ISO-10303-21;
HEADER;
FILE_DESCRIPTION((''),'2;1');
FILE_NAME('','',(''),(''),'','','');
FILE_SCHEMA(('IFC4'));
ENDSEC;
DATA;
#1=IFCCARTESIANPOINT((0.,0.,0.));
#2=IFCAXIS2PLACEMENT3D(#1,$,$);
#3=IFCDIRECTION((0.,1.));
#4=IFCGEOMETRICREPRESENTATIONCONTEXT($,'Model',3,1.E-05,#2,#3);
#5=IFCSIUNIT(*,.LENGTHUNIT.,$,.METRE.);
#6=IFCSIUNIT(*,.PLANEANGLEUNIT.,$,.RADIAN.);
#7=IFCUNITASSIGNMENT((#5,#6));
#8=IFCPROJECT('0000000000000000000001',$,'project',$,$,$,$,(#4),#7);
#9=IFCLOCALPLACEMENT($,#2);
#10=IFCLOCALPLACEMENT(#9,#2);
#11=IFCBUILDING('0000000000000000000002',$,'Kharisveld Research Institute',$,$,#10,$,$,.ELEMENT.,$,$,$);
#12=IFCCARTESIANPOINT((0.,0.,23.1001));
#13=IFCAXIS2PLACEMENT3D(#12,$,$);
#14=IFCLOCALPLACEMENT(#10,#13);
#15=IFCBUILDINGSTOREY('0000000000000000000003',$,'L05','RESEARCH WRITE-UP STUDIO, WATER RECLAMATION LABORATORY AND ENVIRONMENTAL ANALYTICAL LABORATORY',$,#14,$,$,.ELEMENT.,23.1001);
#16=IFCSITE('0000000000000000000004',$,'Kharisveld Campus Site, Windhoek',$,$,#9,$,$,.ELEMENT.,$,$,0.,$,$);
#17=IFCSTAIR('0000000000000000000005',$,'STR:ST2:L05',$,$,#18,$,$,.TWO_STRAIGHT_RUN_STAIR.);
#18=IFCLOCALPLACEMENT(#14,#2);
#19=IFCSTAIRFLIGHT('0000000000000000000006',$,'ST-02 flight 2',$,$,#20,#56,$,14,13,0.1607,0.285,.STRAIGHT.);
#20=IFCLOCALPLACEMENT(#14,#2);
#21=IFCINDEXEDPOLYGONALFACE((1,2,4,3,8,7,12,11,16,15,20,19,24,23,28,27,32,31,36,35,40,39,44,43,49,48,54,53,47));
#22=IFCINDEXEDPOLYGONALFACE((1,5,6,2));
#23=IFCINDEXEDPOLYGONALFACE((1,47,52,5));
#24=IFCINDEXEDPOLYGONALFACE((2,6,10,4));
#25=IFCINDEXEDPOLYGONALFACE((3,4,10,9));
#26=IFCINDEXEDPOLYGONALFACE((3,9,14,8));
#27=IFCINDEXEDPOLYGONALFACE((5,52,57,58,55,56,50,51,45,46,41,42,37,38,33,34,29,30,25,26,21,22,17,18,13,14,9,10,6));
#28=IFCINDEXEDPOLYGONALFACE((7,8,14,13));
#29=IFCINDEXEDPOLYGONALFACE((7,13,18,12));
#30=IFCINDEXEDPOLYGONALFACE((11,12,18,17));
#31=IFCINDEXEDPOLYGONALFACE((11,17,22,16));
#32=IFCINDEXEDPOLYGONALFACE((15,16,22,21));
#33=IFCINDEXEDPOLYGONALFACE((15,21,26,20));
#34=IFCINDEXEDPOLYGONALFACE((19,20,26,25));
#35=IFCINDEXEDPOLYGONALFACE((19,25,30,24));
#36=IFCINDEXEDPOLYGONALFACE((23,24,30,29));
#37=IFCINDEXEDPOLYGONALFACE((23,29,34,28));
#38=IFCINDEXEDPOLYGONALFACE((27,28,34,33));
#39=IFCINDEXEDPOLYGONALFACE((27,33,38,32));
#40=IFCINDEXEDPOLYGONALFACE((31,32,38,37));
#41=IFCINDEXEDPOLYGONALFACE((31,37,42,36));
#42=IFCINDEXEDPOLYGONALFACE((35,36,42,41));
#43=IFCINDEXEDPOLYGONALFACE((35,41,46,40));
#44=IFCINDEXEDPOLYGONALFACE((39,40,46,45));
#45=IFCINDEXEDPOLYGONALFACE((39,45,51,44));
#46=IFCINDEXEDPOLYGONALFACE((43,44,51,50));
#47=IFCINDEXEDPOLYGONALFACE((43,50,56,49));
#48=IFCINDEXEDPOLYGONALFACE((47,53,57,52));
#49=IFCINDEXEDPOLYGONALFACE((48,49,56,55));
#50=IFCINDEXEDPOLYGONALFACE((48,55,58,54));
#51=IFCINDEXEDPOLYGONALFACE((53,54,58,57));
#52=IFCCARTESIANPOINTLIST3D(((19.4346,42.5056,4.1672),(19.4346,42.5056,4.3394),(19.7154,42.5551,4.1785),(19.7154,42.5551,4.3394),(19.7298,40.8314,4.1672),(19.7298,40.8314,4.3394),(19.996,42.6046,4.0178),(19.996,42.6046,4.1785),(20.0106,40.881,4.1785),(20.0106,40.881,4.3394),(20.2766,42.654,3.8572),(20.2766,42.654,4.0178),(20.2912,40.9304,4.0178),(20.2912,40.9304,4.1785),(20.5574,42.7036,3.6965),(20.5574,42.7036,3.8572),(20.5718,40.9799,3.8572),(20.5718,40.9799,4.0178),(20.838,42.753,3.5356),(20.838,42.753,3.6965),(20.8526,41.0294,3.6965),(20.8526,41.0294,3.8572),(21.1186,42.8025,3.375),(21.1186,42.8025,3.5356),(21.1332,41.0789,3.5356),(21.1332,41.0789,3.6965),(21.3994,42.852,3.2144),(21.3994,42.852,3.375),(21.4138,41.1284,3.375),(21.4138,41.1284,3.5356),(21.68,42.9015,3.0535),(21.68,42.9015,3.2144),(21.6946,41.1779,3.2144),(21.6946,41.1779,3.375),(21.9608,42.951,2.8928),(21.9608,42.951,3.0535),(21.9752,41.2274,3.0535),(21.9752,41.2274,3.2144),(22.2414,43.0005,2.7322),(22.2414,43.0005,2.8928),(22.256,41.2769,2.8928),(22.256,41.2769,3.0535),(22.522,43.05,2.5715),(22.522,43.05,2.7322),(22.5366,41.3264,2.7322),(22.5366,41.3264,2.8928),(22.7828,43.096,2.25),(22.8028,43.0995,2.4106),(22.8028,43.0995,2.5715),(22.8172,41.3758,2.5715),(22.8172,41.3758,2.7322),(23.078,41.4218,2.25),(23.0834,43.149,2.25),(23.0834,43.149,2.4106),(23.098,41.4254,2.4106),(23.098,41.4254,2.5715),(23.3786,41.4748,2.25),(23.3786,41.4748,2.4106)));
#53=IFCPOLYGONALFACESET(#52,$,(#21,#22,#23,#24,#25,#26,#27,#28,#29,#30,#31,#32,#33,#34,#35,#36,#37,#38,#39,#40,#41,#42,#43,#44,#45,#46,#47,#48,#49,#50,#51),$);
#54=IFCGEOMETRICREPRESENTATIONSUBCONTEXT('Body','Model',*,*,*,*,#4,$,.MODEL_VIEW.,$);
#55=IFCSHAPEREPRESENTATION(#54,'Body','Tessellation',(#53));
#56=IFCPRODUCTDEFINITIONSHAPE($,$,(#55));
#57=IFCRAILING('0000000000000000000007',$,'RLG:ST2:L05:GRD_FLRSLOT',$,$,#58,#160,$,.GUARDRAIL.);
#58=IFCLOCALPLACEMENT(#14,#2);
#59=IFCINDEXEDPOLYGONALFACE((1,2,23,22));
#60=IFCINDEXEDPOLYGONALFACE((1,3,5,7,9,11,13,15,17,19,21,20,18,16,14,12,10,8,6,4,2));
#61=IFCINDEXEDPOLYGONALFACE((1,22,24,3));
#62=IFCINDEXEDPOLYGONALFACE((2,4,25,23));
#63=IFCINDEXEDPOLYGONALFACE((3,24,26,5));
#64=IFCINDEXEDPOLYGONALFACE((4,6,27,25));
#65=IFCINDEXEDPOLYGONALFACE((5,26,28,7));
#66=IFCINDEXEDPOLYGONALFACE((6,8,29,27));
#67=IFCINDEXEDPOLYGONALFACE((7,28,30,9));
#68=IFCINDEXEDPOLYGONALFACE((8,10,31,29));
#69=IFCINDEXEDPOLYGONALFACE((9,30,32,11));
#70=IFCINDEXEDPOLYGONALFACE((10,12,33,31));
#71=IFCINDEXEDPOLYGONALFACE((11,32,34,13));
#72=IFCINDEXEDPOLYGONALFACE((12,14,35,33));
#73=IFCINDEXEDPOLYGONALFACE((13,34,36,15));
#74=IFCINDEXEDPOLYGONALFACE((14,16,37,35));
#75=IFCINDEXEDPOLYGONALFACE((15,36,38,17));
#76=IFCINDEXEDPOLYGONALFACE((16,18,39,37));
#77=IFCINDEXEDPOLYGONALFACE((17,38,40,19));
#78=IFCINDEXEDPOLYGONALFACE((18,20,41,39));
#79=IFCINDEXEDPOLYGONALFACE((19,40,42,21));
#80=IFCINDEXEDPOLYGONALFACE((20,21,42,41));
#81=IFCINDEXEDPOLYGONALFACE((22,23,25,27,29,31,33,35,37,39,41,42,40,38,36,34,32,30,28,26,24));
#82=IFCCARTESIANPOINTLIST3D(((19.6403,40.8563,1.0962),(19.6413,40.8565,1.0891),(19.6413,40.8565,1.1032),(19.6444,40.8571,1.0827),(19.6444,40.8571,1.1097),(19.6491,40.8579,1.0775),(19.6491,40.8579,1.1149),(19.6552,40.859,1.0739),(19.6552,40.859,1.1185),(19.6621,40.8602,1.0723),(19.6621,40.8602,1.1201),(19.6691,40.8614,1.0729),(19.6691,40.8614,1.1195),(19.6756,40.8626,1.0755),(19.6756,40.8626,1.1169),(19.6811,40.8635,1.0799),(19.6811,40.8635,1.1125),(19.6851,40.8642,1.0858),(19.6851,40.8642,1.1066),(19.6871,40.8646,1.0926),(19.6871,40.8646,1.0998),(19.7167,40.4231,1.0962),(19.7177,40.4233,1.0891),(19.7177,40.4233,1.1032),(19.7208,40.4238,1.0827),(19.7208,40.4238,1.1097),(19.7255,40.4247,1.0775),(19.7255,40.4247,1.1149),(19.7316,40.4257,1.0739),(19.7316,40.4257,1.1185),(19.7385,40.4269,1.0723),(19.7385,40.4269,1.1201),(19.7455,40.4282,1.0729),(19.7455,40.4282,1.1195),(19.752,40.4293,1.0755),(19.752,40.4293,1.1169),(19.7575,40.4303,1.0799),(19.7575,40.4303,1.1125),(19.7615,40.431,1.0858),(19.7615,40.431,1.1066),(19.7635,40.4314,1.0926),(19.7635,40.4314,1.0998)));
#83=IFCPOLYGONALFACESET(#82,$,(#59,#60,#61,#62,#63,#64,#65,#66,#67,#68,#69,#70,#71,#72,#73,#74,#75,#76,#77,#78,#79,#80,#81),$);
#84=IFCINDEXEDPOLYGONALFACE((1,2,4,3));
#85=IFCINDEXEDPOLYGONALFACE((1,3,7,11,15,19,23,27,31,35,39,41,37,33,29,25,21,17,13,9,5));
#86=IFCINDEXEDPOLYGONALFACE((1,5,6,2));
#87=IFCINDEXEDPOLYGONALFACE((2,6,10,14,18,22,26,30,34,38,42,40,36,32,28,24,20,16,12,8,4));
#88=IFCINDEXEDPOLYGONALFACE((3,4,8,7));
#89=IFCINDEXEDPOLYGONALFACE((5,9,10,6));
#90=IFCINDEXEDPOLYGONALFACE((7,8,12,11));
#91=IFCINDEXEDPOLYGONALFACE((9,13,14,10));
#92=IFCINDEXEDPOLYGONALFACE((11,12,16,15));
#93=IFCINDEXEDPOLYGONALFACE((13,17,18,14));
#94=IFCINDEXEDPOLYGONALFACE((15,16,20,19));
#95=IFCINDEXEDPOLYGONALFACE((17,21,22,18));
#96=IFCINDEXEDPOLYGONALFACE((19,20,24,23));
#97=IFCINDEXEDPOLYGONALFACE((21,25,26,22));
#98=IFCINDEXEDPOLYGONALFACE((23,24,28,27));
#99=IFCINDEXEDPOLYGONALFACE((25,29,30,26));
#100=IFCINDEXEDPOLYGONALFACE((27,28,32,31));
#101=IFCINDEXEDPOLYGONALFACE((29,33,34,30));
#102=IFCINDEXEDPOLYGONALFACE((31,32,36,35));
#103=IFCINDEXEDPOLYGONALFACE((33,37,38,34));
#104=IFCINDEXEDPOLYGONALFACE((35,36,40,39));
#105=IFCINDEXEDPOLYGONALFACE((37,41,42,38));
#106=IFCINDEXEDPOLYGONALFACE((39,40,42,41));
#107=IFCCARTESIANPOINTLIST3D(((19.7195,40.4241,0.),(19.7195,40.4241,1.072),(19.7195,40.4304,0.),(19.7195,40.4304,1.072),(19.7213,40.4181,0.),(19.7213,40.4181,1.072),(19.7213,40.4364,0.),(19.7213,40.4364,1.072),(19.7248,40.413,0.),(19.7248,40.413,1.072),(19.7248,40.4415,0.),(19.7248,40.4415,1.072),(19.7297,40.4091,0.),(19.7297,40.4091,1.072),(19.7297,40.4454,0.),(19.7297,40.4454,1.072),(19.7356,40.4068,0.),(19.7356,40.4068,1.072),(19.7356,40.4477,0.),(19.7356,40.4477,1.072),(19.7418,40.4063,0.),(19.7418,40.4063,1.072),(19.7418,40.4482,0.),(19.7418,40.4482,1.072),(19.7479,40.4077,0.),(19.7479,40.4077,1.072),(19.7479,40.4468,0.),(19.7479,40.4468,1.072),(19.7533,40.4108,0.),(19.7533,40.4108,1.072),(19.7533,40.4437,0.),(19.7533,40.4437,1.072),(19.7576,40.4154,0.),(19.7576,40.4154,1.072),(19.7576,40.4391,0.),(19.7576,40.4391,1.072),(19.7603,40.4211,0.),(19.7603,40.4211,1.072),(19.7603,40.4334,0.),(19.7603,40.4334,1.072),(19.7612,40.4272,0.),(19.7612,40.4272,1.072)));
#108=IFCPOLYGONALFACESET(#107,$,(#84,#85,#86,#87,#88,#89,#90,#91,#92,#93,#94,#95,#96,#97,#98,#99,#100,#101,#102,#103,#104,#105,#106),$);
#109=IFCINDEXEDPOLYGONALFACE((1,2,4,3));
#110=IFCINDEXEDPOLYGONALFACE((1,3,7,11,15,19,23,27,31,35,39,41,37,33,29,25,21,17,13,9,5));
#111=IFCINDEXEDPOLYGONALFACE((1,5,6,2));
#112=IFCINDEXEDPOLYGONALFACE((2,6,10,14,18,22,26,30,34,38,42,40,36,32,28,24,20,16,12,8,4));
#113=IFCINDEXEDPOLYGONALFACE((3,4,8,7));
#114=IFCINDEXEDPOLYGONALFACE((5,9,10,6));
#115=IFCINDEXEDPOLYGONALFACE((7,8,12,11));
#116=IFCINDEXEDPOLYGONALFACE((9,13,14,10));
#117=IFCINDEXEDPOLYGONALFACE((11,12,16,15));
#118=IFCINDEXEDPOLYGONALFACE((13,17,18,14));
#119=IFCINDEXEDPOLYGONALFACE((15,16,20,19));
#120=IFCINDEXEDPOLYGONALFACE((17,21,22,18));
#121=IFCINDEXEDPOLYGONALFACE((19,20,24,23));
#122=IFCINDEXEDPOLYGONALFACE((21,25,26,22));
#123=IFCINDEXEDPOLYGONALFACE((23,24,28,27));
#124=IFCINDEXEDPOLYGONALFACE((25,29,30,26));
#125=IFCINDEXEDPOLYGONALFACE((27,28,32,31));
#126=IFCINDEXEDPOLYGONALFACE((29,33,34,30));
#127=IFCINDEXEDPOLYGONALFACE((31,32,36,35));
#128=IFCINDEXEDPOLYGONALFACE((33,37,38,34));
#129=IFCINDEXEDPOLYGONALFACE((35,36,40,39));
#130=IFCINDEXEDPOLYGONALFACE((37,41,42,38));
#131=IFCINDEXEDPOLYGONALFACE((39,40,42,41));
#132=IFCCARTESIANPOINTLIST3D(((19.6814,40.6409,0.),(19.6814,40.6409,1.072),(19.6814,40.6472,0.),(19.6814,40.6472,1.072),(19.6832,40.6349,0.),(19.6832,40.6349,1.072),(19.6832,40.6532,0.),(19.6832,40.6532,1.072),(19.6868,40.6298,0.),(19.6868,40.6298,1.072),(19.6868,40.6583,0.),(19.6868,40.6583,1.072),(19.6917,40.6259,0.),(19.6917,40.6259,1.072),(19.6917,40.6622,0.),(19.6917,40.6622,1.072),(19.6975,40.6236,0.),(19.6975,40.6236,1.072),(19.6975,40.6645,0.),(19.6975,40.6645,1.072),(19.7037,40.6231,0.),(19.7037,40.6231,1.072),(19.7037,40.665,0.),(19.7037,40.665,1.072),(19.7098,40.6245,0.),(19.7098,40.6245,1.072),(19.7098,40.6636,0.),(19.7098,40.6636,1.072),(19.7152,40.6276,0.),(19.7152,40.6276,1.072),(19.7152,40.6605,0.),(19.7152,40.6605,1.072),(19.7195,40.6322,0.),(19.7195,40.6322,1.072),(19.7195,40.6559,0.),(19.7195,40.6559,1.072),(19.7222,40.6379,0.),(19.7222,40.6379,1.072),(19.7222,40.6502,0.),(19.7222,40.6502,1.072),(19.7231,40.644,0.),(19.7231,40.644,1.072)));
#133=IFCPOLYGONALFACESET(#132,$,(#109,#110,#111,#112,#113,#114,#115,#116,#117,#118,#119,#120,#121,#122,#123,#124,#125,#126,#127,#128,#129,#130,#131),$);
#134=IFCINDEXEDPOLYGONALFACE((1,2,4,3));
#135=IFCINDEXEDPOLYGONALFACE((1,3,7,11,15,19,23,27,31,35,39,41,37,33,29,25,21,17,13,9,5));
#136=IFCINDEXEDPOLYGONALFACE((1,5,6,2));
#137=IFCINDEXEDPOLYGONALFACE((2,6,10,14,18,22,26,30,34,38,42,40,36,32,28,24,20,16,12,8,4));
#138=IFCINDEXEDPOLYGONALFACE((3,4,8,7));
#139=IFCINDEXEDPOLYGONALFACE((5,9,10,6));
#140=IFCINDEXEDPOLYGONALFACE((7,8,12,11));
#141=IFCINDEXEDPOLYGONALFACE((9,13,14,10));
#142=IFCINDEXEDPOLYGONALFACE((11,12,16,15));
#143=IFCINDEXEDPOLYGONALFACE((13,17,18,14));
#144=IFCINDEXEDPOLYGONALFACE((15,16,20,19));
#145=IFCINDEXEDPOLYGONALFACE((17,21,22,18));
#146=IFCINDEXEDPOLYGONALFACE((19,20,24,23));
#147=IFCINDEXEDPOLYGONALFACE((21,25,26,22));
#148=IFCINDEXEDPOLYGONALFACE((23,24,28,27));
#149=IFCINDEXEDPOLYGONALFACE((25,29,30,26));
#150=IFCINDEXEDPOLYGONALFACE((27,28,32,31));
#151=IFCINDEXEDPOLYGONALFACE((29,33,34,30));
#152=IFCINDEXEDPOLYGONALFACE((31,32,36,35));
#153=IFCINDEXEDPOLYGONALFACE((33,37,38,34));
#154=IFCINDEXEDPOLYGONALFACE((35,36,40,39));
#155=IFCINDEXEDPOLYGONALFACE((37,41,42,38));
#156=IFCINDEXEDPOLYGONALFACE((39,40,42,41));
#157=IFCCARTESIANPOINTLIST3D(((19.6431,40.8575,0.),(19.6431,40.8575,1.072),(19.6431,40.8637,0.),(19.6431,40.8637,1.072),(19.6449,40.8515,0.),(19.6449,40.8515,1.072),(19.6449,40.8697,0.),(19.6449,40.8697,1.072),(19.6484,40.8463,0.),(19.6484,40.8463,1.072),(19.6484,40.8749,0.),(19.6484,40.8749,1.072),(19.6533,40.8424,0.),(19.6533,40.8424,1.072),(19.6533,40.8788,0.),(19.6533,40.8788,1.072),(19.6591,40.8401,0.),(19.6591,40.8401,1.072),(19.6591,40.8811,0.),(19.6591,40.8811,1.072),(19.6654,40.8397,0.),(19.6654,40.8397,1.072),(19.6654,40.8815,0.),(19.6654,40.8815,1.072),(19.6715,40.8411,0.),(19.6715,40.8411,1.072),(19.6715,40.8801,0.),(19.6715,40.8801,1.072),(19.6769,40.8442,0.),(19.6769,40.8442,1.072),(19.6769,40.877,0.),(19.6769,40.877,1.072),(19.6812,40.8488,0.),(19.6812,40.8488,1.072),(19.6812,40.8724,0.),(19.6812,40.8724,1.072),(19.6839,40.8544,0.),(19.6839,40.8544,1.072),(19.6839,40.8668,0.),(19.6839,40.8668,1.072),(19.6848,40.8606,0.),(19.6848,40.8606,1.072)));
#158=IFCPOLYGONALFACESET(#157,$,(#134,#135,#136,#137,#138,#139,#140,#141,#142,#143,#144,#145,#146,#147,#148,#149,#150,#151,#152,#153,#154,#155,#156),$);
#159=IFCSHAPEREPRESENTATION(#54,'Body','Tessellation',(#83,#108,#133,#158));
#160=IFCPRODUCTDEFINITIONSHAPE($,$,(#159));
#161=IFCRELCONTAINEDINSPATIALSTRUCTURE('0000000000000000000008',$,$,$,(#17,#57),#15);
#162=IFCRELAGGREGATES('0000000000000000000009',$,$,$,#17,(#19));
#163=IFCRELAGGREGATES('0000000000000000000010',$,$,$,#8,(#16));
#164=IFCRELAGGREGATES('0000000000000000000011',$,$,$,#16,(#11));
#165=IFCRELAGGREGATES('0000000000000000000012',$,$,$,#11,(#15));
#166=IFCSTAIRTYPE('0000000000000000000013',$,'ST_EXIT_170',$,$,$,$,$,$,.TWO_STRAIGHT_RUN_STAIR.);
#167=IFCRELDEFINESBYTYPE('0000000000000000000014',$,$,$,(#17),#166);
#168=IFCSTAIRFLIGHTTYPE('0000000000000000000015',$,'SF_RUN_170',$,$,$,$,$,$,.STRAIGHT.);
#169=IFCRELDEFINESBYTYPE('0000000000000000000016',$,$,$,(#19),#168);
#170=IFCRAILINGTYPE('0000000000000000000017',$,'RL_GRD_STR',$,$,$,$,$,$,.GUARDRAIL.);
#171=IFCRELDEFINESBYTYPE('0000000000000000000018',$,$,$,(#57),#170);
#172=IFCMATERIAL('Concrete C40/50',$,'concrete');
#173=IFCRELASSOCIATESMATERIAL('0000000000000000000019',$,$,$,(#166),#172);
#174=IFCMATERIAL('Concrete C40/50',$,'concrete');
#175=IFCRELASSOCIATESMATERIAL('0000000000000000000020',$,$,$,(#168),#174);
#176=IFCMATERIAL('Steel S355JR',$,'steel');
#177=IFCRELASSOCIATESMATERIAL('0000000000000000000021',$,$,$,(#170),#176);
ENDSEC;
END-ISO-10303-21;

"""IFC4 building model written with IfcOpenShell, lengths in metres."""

from ifc_helpers import new_model, si_unit, direction, frame, origin, origin_2d, place, context, subcontext, project, spatial, polyline, circle, outline, extrude, material, type_object, element, aggregate, save


model = new_model("IFC4")

# Units and contexts
model_context = context("Model", 3, precision=1e-05, world=origin(), true_north=direction((0.0, 1.0)))
body_context = subcontext(model_context, "Body", "Model", "MODEL_VIEW")
ifc_project = project(units=[si_unit("LENGTHUNIT", "METRE"), si_unit("PLANEANGLEUNIT", "RADIAN")], contexts=[model_context])

# Site, building, storey
site_placement = place(None, origin())
site = spatial("IfcSite", under=ifc_project, at=site_placement, Name="Kharisveld Campus Site, Windhoek", CompositionType="ELEMENT", RefElevation=0.0)
building_placement = place(site_placement, origin())
building = spatial("IfcBuilding", under=site, at=building_placement, Name="Kharisveld Research Institute", CompositionType="ELEMENT")
storey_placement = place(building_placement, frame((0.0, 0.0, 23.1001)))
storey = spatial("IfcBuildingStorey", under=building, at=storey_placement, Name="L05", Description="RESEARCH WRITE-UP STUDIO, WATER RECLAMATION LABORATORY AND ENVIRONMENTAL ANALYTICAL LABORATORY", CompositionType="ELEMENT", Elevation=23.1001)

# Stair, stair flight
ifc_material_1 = material(Name="Concrete C40/50", Category="concrete")
stair_type = type_object("IfcStairType", Name="ST_EXIT_170", PredefinedType="TWO_STRAIGHT_RUN_STAIR", material=ifc_material_1)
stair_placement = place(storey_placement, origin())
stair = element("IfcStair", 1, at=stair_placement, inside=storey, type_object=stair_type, Name="STR:ST2:L05", PredefinedType="TWO_STRAIGHT_RUN_STAIR")
ifc_material_2 = material(Name="Concrete C40/50", Category="concrete")
stair_flight_type = type_object("IfcStairFlightType", Name="SF_RUN_170", PredefinedType="STRAIGHT", material=ifc_material_2)
stair_flight_1_placement = place(storey_placement, frame((23.231, 42.312, 2.25), z_axis=(0.0, 0.0, 1.0), x_axis=(-0.984808, -0.173648, 0.0)))
stair_flight_1 = element("IfcStairFlight", 2, at=stair_flight_1_placement, type_object=stair_flight_type, Name="ST-02 flight 2", NumberOfRisers=14, NumberOfTreads=13, PredefinedType="STRAIGHT", RiserHeight=0.1607, TreadLength=0.285, context=body_context, shape_type="SweptSolid", body=[
    extrude(outline(polyline([(0.0, 0.0), (0.0, 0.1606), (0.2849, 0.1606), (0.2849, 0.3215), (0.5701, 0.3215), (0.5701, 0.4822), (0.855, 0.4822), (0.855, 0.6428), (1.1399, 0.6428), (1.1399, 0.8035), (1.425, 0.8035), (1.425, 0.9644), (1.71, 0.9644), (1.71, 1.125), (1.9951, 1.125), (1.9951, 1.2856), (2.28, 1.2856), (2.28, 1.4465), (2.5649, 1.4465), (2.5649, 1.6072), (2.8501, 1.6072), (2.8501, 1.7678), (3.135, 1.7678), (3.135, 1.9285), (3.4199, 1.9285), (3.4199, 2.0894), (3.7051, 2.0894), (3.7051, 2.25), (3.7051, 1.9172), (0.3052, 0.0), (0.0, 0.0)])), frame((0.0, 0.8501, 0.0), z_axis=(0.0, -1.0, 0.0), x_axis=(1.0, 0.0, 0.0)), (0.0, 0.0, 1.0), 1.7),
])
aggregate(stair, [stair_flight_1])

# Railing
ifc_material_3 = material(Name="Steel S355JR", Category="steel")
railing_type_1 = type_object("IfcRailingType", Name="RL_GRD_STR", PredefinedType="GUARDRAIL", material=ifc_material_3)
railing_1_placement = place(storey_placement, frame((19.7402, 40.4272, 0.0)))
element("IfcRailing", 3, at=railing_1_placement, inside=storey, type_object=railing_type_1, Name="RLG:ST2:L05:GRD_FLRSLOT", PredefinedType="GUARDRAIL", context=body_context, shape_type="SweptSolid", body=[
    extrude(circle(Radius=0.0239, at=origin_2d()), frame((0.0, 0.0, 1.0962), z_axis=(-0.173659, 0.984806, 0.0), x_axis=(-0.984806, -0.173659, 0.0)), (0.0, 0.0, 1.0), 0.4399),
    extrude(circle(Radius=0.021, at=origin_2d()), origin(), (0.0, 0.0, 1.0), 1.072),
    extrude(circle(Radius=0.021, at=origin_2d()), frame((-0.0381, 0.2168, 0.0)), (0.0, 0.0, 1.0), 1.072),
    extrude(circle(Radius=0.021, at=origin_2d()), frame((-0.0764, 0.4333, 0.0)), (0.0, 0.0, 1.0), 1.072),
])

save(model, "model.ifc")
